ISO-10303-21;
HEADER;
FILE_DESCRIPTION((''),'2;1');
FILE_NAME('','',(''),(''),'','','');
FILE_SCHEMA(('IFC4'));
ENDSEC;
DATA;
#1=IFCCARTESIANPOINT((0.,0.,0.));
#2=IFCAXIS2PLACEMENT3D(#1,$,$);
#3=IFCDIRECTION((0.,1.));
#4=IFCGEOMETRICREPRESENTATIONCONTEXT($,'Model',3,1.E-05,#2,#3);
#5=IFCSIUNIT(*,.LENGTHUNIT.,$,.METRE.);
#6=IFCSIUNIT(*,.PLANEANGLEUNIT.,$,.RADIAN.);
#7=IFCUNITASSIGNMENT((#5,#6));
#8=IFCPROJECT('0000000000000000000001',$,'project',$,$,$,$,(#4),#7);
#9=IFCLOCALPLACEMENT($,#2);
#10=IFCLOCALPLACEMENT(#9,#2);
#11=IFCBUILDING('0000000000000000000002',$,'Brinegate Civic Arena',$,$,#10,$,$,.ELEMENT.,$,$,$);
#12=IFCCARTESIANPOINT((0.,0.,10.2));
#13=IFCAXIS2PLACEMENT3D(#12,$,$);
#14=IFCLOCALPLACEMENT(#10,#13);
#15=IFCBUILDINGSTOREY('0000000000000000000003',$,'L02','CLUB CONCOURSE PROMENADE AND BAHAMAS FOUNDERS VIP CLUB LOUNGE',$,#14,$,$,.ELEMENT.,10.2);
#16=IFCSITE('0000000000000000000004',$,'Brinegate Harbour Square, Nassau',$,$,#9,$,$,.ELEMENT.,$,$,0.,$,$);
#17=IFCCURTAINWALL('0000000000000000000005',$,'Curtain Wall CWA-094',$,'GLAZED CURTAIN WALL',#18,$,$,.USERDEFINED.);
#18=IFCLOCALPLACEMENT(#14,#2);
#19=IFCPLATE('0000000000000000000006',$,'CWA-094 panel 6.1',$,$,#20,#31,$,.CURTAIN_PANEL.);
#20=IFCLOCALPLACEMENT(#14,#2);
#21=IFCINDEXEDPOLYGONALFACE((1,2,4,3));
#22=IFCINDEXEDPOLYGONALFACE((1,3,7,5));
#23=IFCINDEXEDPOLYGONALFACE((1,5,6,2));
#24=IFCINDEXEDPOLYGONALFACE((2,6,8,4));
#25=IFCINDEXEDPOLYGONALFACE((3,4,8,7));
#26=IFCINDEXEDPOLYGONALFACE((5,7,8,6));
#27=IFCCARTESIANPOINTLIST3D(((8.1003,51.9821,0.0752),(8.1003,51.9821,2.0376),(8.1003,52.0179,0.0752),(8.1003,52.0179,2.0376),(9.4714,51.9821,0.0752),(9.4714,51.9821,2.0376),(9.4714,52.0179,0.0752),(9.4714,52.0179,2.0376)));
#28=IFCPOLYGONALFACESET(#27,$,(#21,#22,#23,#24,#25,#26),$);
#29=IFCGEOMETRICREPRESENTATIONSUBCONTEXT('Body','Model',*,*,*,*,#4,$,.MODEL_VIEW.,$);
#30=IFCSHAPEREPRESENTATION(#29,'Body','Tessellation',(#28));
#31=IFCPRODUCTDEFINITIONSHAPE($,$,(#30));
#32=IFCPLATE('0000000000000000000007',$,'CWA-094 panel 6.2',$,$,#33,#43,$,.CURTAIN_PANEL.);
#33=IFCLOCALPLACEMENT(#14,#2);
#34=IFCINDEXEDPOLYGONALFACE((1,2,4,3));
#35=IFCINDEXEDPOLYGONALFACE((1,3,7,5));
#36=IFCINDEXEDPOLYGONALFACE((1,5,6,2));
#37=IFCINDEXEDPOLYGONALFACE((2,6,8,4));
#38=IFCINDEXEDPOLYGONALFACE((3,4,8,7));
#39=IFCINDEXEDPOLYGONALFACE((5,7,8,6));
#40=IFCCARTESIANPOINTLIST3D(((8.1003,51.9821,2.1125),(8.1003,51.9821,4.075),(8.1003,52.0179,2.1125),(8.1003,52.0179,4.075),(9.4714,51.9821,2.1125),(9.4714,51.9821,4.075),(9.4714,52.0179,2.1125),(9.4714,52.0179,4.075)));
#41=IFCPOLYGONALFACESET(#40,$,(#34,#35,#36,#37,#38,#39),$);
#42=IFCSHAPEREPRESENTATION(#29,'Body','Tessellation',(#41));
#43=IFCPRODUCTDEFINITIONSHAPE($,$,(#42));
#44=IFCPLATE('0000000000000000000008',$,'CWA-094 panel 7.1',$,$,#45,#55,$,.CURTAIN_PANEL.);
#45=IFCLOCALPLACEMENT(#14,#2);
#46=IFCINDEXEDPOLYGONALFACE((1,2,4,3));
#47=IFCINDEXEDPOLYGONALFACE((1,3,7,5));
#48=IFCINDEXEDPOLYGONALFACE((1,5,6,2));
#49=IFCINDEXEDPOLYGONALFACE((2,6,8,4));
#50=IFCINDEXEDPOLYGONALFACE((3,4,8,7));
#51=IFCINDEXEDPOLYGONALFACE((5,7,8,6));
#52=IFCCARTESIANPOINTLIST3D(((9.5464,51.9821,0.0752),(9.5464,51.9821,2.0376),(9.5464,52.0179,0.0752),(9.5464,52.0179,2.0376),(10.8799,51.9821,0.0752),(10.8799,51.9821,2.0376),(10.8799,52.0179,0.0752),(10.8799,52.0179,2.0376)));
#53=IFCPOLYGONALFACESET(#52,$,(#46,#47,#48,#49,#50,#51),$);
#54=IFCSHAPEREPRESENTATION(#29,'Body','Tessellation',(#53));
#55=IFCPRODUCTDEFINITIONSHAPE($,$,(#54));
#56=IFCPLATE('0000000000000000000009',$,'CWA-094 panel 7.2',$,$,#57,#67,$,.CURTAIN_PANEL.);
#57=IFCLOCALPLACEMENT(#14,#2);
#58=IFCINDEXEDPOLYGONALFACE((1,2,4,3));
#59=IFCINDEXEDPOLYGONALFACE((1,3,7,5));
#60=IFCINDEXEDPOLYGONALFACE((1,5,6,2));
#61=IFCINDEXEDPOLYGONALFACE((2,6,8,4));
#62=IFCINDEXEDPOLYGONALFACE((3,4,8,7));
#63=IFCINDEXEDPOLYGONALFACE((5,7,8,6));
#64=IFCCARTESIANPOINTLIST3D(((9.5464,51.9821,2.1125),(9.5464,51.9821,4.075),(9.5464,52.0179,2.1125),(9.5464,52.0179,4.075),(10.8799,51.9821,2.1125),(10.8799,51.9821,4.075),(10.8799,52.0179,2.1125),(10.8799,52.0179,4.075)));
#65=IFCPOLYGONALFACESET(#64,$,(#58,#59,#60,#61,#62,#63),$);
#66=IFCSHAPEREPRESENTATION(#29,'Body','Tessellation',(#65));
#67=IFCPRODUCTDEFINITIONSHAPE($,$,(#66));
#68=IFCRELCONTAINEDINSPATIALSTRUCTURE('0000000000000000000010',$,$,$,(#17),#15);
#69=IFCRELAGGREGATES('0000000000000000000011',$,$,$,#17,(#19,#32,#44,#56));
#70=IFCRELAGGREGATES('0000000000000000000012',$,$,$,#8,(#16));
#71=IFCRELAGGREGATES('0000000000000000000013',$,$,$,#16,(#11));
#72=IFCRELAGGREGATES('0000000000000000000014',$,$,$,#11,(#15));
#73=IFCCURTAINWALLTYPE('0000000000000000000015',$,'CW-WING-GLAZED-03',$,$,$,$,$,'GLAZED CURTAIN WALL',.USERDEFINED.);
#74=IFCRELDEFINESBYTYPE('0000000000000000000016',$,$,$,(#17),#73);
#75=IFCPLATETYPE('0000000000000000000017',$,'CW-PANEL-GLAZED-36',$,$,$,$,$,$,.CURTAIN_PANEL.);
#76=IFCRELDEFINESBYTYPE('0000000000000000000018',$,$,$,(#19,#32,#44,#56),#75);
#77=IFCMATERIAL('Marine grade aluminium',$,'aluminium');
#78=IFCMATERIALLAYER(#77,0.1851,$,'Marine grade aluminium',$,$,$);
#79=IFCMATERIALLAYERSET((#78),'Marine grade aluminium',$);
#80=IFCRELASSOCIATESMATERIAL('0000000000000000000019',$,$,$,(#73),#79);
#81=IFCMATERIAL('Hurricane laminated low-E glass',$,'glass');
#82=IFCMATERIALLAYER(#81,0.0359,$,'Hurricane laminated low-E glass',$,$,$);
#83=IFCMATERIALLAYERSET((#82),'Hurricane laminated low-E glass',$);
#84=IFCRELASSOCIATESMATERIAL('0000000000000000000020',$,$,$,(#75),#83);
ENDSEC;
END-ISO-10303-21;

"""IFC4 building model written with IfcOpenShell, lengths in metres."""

from ifc_helpers import new_model, si_unit, direction, frame, origin, origin_2d, place, context, subcontext, project, spatial, rectangle, extrude, material, layer, layer_set, type_object, element, aggregate, save


model = new_model("IFC4")

# Units and contexts
model_context = context("Model", 3, precision=1e-05, world=origin(), true_north=direction((0.0, 1.0)))
body_context = subcontext(model_context, "Body", "Model", "MODEL_VIEW")
ifc_project = project(units=[si_unit("LENGTHUNIT", "METRE"), si_unit("PLANEANGLEUNIT", "RADIAN")], contexts=[model_context])

# Site, building, storey
site_placement = place(None, origin())
site = spatial("IfcSite", under=ifc_project, at=site_placement, Name="Brinegate Harbour Square, Nassau", CompositionType="ELEMENT", RefElevation=0.0)
building_placement = place(site_placement, origin())
building = spatial("IfcBuilding", under=site, at=building_placement, Name="Brinegate Civic Arena", CompositionType="ELEMENT")
storey_placement = place(building_placement, frame((0.0, 0.0, 10.2)))
storey = spatial("IfcBuildingStorey", under=building, at=storey_placement, Name="L02", Description="CLUB CONCOURSE PROMENADE AND BAHAMAS FOUNDERS VIP CLUB LOUNGE", CompositionType="ELEMENT", Elevation=10.2)

# Curtain wall
ifc_material_1 = material(Name="Marine grade aluminium", Category="aluminium")
ifc_layer_1 = layer(ifc_material_1, 0.1851, Name="Marine grade aluminium")
ifc_layer_set_1 = layer_set([ifc_layer_1], Name="Marine grade aluminium")
curtain_wall_type = type_object("IfcCurtainWallType", Name="CW-WING-GLAZED-03", ElementType="GLAZED CURTAIN WALL", PredefinedType="USERDEFINED", material=ifc_layer_set_1)
curtain_wall_placement = place(storey_placement, origin())
curtain_wall = element("IfcCurtainWall", 1, at=curtain_wall_placement, inside=storey, type_object=curtain_wall_type, Name="Curtain Wall CWA-094", ObjectType="GLAZED CURTAIN WALL", PredefinedType="USERDEFINED")

# Plates
ifc_material_2 = material(Name="Hurricane laminated low-E glass", Category="glass")
ifc_layer_2 = layer(ifc_material_2, 0.0359, Name="Hurricane laminated low-E glass")
ifc_layer_set_2 = layer_set([ifc_layer_2], Name="Hurricane laminated low-E glass")
plate_type = type_object("IfcPlateType", Name="CW-PANEL-GLAZED-36", PredefinedType="CURTAIN_PANEL", material=ifc_layer_set_2)
plate_1_placement = place(storey_placement, frame((8.7859, 52.0, 0.0752), z_axis=(0.0, 0.0, 1.0), x_axis=(1.0, 0.0, 0.0)))
plate_1 = element("IfcPlate", 2, at=plate_1_placement, type_object=plate_type, Name="CWA-094 panel 6.1", PredefinedType="CURTAIN_PANEL", context=body_context, shape_type="SweptSolid", body=[
    extrude(rectangle(XDim=1.3711, YDim=0.0359, at=origin_2d()), origin(), (0.0, 0.0, 1.0), 1.9624),
])
plate_2_placement = place(storey_placement, frame((8.7859, 52.0, 2.1125), z_axis=(0.0, 0.0, 1.0), x_axis=(1.0, 0.0, 0.0)))
plate_2 = element("IfcPlate", 3, at=plate_2_placement, type_object=plate_type, Name="CWA-094 panel 6.2", PredefinedType="CURTAIN_PANEL", context=body_context, shape_type="SweptSolid", body=[
    extrude(rectangle(XDim=1.3711, YDim=0.0359, at=origin_2d()), origin(), (0.0, 0.0, 1.0), 1.9624),
])
plate_3_placement = place(storey_placement, frame((10.2131, 52.0, 0.0752), z_axis=(0.0, 0.0, 1.0), x_axis=(1.0, 0.0, 0.0)))
plate_3 = element("IfcPlate", 4, at=plate_3_placement, type_object=plate_type, Name="CWA-094 panel 7.1", PredefinedType="CURTAIN_PANEL", context=body_context, shape_type="SweptSolid", body=[
    extrude(rectangle(XDim=1.3335, YDim=0.0359, at=origin_2d()), origin(), (0.0, 0.0, 1.0), 1.9624),
])
plate_4_placement = place(storey_placement, frame((10.2131, 52.0, 2.1125), z_axis=(0.0, 0.0, 1.0), x_axis=(1.0, 0.0, 0.0)))
plate_4 = element("IfcPlate", 5, at=plate_4_placement, type_object=plate_type, Name="CWA-094 panel 7.2", PredefinedType="CURTAIN_PANEL", context=body_context, shape_type="SweptSolid", body=[
    extrude(rectangle(XDim=1.3335, YDim=0.0359, at=origin_2d()), origin(), (0.0, 0.0, 1.0), 1.9624),
])
aggregate(curtain_wall, [plate_1, plate_2, plate_3, plate_4])

save(model, "model.ifc")
